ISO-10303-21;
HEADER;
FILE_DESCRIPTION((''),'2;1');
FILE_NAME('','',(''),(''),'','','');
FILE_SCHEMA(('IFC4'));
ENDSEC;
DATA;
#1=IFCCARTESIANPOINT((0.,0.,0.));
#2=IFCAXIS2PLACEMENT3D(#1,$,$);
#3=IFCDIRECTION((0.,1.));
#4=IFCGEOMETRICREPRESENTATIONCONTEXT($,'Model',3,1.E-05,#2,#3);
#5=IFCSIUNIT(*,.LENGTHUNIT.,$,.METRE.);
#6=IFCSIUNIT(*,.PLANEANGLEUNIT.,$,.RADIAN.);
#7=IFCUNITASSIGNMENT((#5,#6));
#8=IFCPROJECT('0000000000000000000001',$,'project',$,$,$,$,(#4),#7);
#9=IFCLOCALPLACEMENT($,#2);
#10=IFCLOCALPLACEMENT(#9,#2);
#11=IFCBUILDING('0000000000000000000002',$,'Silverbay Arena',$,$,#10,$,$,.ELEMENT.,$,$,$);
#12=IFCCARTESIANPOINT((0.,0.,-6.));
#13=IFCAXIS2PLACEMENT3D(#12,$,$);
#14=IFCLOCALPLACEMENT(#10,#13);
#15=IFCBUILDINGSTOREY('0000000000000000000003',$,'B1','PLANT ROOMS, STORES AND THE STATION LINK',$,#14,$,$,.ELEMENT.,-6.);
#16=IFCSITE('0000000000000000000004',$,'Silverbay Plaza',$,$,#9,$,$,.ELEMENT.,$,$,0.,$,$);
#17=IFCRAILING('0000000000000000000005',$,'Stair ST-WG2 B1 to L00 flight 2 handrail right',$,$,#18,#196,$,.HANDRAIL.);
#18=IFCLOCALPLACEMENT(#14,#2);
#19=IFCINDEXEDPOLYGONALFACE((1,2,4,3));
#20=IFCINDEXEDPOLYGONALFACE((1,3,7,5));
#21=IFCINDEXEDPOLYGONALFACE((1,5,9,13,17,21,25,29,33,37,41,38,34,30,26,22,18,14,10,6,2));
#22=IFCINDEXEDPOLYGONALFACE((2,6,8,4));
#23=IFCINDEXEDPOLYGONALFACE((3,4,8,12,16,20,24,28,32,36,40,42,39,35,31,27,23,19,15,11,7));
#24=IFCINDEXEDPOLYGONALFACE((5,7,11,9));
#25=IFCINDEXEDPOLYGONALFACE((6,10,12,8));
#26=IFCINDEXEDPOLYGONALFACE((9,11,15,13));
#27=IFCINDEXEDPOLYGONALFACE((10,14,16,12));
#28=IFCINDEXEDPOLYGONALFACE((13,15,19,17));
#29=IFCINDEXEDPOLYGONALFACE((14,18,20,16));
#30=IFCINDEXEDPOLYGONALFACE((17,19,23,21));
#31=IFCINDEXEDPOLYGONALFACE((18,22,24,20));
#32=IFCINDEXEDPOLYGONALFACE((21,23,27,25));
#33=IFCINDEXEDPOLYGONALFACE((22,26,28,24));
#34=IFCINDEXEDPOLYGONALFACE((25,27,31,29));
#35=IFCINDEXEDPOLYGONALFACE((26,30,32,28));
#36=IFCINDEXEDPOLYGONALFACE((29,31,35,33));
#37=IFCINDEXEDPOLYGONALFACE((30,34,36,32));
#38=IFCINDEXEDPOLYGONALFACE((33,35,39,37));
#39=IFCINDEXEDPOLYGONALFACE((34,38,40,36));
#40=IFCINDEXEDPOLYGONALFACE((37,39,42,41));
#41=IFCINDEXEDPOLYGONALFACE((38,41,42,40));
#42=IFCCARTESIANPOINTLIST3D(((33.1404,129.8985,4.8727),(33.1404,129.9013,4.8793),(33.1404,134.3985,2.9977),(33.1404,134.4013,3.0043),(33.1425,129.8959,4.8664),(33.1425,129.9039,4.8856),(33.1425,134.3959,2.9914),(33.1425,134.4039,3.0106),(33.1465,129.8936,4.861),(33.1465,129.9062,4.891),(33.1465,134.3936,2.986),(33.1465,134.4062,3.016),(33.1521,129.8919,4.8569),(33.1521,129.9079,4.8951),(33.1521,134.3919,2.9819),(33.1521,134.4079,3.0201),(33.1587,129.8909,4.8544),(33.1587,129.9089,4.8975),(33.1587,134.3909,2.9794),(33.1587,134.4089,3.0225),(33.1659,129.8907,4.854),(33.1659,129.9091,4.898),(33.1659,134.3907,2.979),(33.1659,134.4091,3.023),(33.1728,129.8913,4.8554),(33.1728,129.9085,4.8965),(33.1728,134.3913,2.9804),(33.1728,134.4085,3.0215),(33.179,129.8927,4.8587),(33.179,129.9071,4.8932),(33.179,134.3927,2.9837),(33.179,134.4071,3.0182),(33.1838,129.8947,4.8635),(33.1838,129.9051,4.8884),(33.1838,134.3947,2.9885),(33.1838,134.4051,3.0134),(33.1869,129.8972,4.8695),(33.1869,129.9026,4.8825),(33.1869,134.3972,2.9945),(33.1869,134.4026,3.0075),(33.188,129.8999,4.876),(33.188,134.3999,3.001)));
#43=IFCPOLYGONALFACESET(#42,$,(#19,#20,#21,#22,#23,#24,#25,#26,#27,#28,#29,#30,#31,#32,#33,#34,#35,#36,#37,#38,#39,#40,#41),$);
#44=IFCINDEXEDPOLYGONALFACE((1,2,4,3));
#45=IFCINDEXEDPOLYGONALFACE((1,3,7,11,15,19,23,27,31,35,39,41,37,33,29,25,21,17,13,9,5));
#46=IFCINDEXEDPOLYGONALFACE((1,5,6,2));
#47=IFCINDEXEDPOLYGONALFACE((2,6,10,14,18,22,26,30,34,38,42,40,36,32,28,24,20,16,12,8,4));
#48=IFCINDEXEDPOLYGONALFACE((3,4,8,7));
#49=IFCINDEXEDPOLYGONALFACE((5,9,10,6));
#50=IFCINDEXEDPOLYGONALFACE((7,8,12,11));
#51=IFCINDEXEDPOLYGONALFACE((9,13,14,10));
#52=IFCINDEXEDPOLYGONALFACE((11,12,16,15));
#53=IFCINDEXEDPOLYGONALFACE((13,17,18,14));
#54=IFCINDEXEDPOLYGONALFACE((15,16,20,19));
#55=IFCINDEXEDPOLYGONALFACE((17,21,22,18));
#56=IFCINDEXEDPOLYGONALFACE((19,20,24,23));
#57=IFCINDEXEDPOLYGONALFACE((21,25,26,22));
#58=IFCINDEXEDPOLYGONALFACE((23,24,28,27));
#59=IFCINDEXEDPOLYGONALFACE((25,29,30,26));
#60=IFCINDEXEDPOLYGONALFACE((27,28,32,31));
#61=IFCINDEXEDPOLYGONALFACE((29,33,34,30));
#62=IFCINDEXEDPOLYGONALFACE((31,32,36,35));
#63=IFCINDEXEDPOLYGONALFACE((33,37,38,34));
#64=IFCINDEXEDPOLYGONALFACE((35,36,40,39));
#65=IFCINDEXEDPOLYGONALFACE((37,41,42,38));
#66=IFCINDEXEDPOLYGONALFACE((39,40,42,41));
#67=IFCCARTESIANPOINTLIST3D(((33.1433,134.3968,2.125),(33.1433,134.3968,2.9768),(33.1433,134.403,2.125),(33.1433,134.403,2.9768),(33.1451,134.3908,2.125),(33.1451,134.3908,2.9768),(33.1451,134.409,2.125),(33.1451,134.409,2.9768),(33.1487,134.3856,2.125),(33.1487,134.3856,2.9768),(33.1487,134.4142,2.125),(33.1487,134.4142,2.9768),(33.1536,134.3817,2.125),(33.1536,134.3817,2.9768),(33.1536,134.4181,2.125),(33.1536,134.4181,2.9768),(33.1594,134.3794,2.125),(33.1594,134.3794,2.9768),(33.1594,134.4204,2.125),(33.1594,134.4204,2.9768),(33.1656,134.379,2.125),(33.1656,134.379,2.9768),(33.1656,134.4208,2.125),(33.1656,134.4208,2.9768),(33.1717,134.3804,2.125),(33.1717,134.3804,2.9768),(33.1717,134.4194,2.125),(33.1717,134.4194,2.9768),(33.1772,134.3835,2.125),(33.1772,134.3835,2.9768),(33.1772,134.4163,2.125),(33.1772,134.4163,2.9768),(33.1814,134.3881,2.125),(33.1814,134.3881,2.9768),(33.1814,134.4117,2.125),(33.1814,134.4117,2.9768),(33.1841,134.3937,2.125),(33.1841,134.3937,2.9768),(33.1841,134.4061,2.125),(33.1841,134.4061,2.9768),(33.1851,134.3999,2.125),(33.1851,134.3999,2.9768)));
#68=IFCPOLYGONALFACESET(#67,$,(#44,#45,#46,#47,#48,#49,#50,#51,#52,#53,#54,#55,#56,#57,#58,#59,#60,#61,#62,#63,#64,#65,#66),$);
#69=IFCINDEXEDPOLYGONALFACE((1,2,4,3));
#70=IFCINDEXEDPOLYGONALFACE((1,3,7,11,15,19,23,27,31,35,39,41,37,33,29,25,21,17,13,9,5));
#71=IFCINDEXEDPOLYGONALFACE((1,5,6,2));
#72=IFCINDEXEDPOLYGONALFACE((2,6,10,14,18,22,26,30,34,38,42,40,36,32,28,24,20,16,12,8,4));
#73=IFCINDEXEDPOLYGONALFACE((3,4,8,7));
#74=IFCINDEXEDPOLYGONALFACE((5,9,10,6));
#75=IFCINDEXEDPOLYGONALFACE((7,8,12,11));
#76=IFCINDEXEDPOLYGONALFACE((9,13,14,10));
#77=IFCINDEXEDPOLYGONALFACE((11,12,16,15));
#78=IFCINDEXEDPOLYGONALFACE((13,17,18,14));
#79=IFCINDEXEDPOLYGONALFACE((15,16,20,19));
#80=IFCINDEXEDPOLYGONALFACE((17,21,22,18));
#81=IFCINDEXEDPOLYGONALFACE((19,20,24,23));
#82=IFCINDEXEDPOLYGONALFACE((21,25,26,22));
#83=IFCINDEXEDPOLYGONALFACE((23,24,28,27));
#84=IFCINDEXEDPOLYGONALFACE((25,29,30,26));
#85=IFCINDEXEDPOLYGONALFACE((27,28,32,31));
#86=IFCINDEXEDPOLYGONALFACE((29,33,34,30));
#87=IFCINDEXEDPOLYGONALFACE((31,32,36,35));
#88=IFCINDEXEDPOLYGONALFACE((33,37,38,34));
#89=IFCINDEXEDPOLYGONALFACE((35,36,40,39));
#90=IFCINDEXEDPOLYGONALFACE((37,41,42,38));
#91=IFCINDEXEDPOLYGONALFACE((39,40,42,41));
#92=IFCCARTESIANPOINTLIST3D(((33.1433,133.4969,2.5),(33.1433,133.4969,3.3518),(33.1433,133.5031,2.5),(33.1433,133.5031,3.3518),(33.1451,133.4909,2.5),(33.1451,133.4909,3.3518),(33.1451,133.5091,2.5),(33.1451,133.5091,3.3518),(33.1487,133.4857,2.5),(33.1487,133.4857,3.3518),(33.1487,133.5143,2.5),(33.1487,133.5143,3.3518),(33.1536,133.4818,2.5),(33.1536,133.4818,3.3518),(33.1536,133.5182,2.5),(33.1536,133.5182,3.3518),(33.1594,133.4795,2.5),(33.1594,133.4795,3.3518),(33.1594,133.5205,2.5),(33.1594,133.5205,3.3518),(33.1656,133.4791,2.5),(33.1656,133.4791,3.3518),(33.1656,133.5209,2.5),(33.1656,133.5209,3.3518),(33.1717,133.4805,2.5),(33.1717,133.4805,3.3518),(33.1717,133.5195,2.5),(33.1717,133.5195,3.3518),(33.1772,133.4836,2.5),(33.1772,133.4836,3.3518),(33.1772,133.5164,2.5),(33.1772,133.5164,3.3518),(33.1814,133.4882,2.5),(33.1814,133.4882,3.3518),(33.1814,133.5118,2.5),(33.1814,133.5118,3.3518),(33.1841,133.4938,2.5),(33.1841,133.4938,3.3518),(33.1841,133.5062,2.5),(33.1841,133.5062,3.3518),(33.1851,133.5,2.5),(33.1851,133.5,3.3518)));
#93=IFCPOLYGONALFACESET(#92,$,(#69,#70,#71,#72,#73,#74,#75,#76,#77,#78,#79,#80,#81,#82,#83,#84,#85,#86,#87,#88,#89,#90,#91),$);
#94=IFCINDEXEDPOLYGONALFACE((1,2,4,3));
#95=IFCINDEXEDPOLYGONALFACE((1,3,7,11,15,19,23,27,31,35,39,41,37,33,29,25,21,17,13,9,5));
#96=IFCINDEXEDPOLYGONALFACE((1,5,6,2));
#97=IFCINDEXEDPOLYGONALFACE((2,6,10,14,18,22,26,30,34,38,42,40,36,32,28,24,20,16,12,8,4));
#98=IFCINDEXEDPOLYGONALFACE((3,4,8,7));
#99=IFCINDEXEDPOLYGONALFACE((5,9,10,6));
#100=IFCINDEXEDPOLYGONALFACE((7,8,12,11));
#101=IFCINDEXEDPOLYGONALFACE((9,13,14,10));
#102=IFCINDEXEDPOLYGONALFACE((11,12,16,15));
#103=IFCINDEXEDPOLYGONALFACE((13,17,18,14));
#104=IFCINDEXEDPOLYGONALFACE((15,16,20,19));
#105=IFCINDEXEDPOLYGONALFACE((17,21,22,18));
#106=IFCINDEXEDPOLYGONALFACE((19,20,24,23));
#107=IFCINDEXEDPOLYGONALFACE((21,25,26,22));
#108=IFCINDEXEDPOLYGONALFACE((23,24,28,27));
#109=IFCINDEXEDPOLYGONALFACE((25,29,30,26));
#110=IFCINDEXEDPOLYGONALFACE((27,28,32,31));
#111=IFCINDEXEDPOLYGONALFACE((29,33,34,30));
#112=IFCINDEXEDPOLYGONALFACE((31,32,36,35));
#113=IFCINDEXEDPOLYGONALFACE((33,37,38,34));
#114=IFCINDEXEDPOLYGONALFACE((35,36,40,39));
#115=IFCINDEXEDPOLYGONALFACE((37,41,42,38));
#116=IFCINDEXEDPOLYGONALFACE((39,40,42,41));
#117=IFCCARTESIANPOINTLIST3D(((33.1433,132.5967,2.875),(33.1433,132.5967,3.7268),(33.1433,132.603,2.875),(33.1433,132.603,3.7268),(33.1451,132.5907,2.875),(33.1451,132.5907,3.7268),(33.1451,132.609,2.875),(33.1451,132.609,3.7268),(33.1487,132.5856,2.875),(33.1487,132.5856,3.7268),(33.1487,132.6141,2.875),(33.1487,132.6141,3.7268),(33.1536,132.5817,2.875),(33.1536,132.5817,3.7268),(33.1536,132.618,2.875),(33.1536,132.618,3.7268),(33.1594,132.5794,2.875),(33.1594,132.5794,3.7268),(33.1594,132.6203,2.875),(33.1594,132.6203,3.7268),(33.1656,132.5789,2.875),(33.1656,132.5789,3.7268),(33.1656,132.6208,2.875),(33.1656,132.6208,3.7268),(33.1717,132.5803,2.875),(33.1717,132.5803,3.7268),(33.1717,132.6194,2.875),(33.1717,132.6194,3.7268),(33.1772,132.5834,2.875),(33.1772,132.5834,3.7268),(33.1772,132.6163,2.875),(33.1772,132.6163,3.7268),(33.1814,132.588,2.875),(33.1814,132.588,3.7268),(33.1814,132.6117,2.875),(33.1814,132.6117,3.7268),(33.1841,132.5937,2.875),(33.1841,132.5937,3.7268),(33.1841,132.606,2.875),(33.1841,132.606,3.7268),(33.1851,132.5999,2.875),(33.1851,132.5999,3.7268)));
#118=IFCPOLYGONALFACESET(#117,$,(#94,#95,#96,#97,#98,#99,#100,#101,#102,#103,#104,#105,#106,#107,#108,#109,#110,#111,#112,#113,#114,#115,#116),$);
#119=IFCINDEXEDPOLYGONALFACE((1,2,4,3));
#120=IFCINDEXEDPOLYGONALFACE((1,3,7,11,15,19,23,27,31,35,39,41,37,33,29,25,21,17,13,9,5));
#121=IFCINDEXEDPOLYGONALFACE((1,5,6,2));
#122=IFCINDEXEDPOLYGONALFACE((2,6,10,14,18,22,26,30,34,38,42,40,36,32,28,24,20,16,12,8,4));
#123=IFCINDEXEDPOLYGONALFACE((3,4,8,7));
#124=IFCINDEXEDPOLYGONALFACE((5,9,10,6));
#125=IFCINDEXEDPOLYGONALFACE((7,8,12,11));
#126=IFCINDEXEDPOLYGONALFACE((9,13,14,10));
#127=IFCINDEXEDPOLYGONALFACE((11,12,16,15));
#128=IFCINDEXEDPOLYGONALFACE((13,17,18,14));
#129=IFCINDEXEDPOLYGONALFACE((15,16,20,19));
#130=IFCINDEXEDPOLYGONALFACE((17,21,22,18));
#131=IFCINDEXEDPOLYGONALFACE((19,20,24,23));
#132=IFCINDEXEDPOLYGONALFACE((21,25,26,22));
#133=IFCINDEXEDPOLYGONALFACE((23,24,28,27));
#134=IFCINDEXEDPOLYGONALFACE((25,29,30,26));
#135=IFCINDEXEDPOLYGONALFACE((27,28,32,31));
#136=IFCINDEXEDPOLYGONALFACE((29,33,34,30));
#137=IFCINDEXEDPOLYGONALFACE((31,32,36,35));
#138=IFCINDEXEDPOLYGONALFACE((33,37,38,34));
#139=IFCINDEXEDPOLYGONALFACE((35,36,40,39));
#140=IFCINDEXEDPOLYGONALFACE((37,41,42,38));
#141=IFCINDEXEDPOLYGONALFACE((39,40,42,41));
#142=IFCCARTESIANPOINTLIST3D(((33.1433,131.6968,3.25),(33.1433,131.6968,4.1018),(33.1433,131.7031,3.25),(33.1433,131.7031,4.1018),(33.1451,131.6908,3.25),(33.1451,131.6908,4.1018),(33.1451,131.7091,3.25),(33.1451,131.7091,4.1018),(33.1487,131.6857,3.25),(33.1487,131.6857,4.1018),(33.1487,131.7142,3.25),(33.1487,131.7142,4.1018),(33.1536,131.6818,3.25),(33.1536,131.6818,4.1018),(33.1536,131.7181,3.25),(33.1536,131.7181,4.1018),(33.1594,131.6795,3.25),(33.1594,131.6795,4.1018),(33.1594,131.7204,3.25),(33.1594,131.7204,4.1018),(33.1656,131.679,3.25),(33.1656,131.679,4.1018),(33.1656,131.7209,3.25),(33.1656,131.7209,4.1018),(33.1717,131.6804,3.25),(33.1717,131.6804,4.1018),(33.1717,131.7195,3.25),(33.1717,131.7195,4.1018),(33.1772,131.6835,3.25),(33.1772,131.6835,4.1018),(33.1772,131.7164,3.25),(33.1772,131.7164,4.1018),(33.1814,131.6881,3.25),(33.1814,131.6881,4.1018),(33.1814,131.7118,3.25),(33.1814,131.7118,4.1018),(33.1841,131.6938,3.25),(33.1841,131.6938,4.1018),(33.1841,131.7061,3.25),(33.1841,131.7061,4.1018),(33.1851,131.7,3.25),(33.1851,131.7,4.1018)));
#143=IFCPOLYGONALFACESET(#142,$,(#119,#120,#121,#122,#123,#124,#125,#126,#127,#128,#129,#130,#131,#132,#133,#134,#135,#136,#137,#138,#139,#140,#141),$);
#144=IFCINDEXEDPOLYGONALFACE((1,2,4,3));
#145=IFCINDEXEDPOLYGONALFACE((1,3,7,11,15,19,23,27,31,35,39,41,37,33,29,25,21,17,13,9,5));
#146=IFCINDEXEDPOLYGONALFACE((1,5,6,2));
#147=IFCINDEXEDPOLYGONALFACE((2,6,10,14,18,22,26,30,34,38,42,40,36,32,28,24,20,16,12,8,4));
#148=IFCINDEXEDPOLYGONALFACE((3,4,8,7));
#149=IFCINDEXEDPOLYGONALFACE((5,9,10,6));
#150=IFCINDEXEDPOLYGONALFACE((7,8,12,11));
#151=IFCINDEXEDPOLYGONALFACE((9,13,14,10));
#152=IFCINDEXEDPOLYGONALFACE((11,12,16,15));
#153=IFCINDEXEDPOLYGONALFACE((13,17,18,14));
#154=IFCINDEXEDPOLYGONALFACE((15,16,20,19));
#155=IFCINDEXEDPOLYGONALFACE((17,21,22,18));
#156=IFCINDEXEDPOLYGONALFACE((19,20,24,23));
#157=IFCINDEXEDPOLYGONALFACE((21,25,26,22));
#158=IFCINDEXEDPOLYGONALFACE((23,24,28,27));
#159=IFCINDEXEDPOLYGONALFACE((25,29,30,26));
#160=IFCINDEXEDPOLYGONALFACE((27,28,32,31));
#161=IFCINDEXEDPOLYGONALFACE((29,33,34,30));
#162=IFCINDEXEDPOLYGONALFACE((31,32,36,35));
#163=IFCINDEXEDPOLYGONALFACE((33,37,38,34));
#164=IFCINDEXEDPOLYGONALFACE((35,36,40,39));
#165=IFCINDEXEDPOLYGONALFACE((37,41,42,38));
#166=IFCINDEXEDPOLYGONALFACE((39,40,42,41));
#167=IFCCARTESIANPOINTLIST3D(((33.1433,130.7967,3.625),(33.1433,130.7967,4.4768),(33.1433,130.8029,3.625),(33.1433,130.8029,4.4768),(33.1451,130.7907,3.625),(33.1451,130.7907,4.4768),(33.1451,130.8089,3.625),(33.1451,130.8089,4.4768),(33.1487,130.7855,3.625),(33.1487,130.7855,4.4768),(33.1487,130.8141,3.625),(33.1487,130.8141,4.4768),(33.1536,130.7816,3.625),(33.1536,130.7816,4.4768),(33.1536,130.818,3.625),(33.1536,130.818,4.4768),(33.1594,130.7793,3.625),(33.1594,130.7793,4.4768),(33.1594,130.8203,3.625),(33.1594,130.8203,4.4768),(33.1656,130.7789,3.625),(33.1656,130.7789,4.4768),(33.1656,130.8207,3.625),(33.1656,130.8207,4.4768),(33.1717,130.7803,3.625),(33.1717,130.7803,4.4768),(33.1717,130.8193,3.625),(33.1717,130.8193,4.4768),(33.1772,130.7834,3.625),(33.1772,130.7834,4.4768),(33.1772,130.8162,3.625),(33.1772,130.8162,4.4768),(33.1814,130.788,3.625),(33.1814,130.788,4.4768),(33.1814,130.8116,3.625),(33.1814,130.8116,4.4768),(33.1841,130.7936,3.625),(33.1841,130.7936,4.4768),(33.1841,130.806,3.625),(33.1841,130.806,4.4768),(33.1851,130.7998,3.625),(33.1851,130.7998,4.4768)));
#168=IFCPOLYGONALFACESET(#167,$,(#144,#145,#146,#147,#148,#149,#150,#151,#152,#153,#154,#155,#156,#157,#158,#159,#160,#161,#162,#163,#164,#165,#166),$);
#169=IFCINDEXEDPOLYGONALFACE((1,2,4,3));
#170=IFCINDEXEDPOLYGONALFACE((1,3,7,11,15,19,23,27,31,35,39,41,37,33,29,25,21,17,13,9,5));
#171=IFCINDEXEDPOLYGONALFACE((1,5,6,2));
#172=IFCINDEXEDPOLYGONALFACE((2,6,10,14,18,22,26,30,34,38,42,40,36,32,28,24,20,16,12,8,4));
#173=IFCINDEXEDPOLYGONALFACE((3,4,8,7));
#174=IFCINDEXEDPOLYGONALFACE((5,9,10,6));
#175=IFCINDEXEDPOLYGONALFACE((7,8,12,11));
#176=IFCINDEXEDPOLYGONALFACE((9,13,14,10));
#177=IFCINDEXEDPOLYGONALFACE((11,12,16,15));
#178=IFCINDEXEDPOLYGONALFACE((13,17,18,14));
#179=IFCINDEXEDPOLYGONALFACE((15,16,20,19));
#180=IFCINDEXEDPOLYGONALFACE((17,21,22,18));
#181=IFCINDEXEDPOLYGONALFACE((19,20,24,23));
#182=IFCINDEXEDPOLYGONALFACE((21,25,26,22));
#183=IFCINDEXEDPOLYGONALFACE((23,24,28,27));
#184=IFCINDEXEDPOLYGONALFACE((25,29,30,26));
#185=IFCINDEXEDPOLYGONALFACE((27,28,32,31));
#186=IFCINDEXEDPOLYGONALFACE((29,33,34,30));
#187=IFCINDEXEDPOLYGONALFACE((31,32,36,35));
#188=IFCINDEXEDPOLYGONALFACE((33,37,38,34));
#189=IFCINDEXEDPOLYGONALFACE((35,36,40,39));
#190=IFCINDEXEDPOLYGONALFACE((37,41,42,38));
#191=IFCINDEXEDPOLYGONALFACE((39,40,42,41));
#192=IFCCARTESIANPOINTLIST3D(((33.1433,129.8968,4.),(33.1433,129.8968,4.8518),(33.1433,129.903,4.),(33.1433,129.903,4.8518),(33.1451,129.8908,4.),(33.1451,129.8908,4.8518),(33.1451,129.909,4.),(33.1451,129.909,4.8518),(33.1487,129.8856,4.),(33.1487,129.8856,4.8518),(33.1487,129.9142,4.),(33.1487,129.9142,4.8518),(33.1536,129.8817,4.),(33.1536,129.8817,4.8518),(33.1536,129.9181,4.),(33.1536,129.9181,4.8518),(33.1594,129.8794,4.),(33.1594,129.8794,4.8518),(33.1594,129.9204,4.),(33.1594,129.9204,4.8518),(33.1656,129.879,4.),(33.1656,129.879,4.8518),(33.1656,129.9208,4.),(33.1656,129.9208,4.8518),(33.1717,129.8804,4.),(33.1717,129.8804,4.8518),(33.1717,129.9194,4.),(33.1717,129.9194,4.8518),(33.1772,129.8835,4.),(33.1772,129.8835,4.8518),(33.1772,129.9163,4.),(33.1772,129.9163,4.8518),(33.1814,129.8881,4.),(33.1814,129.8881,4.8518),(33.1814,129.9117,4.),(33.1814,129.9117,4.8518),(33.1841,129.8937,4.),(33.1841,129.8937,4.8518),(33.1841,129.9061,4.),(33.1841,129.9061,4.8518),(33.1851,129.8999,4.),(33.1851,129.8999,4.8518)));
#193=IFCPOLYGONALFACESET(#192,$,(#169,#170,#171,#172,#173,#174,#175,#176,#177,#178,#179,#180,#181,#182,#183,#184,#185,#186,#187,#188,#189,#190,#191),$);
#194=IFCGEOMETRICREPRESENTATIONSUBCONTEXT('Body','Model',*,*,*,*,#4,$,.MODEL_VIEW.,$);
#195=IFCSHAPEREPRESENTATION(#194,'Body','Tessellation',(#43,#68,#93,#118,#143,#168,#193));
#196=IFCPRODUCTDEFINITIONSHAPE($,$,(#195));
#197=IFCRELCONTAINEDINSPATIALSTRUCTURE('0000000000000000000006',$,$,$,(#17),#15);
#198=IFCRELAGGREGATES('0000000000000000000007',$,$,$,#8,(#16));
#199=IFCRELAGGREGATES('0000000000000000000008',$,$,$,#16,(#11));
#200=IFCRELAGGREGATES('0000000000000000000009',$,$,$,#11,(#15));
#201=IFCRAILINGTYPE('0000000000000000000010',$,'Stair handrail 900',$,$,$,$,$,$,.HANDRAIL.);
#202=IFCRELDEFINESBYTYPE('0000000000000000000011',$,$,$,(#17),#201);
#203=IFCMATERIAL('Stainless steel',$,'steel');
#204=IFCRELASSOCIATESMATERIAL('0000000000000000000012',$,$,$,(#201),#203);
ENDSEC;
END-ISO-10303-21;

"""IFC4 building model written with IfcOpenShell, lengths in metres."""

from ifc_helpers import new_model, si_unit, direction, frame, origin, origin_2d, place, context, subcontext, project, spatial, circle, extrude, material, type_object, element, save


model = new_model("IFC4")

# Units and contexts
model_context = context("Model", 3, precision=1e-05, world=origin(), true_north=direction((0.0, 1.0)))
body_context = subcontext(model_context, "Body", "Model", "MODEL_VIEW")
ifc_project = project(units=[si_unit("LENGTHUNIT", "METRE"), si_unit("PLANEANGLEUNIT", "RADIAN")], contexts=[model_context])

# Site, building, storey
site_placement = place(None, origin())
site = spatial("IfcSite", under=ifc_project, at=site_placement, Name="Silverbay Plaza", CompositionType="ELEMENT", RefElevation=0.0)
building_placement = place(site_placement, origin())
building = spatial("IfcBuilding", under=site, at=building_placement, Name="Silverbay Arena", CompositionType="ELEMENT")
storey_placement = place(building_placement, frame((0.0, 0.0, -6.0)))
storey = spatial("IfcBuildingStorey", under=building, at=storey_placement, Name="B1", Description="PLANT ROOMS, STORES AND THE STATION LINK", CompositionType="ELEMENT", Elevation=-6.0)

# Railing
ifc_material_1 = material(Name="Stainless steel", Category="steel")
railing_type_1 = type_object("IfcRailingType", Name="Stair handrail 900", PredefinedType="HANDRAIL", material=ifc_material_1)
for number, where, name in (
    (1, (33.1641, 134.3999, 2.125), "Stair ST-WG2 B1 to L00 flight 2 handrail right"),
):
    element("IfcRailing", number, at=place(storey_placement, frame(where)), inside=storey, type_object=railing_type_1, Name=name, PredefinedType="HANDRAIL", context=body_context, shape_type="SweptSolid", body=[
        extrude(circle(Radius=0.0239, at=origin_2d()), frame((0.0, 0.0, 0.876), z_axis=(0.0, -0.923077, 0.384615), x_axis=(1.0, 0.0, 0.0)), (0.0, 0.0, 1.0), 4.875),
        extrude(circle(Radius=0.021, at=origin_2d()), origin(), (0.0, 0.0, 1.0), 0.8518),
        extrude(circle(Radius=0.021, at=origin_2d()), frame((0.0, -0.8999, 0.375)), (0.0, 0.0, 1.0), 0.8518),
        extrude(circle(Radius=0.021, at=origin_2d()), frame((0.0, -1.8, 0.75)), (0.0, 0.0, 1.0), 0.8518),
        extrude(circle(Radius=0.021, at=origin_2d()), frame((0.0, -2.7, 1.125)), (0.0, 0.0, 1.0), 0.8518),
        extrude(circle(Radius=0.021, at=origin_2d()), frame((0.0, -3.6001, 1.5)), (0.0, 0.0, 1.0), 0.8518),
        extrude(circle(Radius=0.021, at=origin_2d()), frame((0.0, -4.5, 1.875)), (0.0, 0.0, 1.0), 0.8518),
    ])

save(model, "model.ifc")
